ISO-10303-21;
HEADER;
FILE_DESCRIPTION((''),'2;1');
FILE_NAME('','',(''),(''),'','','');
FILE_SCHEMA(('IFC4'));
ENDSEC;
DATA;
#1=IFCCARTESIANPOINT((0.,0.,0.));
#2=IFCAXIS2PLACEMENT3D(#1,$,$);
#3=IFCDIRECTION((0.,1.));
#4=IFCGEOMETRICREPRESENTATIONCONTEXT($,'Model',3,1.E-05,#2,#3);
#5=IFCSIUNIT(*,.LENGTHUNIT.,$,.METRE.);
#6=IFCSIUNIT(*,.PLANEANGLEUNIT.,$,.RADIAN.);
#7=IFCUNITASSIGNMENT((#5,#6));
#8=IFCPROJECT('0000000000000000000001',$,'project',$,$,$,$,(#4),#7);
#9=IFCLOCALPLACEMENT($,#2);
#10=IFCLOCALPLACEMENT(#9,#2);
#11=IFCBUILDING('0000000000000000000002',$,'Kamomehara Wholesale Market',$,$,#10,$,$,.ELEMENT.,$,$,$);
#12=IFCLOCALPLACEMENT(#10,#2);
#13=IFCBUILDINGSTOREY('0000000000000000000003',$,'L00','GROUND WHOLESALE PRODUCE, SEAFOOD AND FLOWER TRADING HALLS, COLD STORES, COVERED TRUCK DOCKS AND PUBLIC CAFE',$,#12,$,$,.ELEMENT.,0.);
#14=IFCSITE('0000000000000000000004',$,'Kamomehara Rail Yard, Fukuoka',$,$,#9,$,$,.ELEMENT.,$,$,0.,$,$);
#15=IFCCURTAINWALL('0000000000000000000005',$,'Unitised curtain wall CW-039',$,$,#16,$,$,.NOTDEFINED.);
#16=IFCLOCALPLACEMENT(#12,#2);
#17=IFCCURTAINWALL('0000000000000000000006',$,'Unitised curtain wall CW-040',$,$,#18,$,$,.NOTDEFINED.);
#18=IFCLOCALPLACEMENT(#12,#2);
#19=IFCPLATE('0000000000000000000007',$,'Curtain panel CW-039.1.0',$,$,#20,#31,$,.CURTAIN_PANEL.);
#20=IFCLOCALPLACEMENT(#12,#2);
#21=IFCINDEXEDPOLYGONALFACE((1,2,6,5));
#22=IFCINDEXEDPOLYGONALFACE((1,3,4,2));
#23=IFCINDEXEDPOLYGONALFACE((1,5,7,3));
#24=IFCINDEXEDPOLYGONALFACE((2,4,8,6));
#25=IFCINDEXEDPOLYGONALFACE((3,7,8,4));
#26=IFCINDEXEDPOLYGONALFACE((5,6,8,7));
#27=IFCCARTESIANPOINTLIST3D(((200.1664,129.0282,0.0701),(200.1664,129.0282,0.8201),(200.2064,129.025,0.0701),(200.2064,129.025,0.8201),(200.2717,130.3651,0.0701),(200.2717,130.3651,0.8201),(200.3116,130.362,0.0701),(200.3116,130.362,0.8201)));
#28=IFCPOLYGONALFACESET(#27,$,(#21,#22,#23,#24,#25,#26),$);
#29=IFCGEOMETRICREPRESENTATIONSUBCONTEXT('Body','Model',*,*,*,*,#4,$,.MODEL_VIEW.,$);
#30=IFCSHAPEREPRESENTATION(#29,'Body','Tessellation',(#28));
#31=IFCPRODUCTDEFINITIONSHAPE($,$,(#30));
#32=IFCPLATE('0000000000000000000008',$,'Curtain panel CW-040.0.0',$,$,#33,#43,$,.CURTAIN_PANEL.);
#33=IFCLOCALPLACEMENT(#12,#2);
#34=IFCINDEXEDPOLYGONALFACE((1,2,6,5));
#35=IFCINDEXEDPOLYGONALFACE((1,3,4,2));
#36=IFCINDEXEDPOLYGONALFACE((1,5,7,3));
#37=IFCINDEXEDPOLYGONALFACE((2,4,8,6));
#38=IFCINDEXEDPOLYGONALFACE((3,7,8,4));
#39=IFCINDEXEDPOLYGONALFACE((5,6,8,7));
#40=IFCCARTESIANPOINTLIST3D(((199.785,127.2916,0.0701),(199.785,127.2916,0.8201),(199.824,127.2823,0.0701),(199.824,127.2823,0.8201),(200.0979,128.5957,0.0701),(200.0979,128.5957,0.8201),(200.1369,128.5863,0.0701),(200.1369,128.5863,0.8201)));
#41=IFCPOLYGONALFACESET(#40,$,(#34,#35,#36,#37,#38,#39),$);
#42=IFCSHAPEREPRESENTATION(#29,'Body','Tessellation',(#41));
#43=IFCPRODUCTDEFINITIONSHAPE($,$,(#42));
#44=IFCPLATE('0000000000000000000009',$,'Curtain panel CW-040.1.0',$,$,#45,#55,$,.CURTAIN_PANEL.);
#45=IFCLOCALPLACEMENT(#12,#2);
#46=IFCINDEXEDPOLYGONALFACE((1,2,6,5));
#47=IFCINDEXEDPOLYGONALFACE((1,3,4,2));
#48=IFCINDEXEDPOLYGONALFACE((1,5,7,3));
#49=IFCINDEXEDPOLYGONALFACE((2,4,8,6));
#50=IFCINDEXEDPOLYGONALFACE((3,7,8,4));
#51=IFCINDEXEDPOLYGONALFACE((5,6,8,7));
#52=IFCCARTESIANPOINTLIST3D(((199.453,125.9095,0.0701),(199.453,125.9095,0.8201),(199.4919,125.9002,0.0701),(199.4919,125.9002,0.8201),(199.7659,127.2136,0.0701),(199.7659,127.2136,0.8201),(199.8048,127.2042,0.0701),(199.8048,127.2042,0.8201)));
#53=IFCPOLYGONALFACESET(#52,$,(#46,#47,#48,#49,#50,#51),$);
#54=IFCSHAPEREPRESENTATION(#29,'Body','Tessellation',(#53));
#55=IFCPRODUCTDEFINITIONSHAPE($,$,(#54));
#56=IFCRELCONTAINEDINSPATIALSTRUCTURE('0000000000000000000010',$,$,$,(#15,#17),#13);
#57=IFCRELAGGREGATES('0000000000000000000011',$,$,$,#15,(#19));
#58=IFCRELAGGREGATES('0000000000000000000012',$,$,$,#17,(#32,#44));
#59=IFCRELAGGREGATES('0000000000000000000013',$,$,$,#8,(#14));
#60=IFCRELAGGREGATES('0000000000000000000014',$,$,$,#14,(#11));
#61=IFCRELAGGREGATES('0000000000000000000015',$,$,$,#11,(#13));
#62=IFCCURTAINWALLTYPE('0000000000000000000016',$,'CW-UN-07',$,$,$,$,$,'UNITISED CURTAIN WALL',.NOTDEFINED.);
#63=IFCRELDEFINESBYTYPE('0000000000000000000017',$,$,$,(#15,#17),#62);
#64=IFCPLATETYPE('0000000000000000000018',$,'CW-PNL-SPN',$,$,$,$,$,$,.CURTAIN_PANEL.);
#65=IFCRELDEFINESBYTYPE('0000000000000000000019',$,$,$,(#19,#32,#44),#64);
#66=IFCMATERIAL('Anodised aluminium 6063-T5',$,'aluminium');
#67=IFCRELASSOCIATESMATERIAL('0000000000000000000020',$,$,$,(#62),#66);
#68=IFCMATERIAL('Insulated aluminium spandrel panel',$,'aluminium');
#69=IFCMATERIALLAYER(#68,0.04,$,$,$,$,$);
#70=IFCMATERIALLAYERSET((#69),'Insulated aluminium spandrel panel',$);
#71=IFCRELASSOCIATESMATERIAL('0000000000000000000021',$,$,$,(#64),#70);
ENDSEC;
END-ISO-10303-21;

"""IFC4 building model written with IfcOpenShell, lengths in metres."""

from ifc_helpers import new_model, si_unit, direction, frame, origin, origin_2d, place, context, subcontext, project, spatial, rectangle, extrude, material, layer, layer_set, type_object, element, aggregate, save


model = new_model("IFC4")

# Units and contexts
model_context = context("Model", 3, precision=1e-05, world=origin(), true_north=direction((0.0, 1.0)))
body_context = subcontext(model_context, "Body", "Model", "MODEL_VIEW")
ifc_project = project(units=[si_unit("LENGTHUNIT", "METRE"), si_unit("PLANEANGLEUNIT", "RADIAN")], contexts=[model_context])

# Site, building, storey
site_placement = place(None, origin())
site = spatial("IfcSite", under=ifc_project, at=site_placement, Name="Kamomehara Rail Yard, Fukuoka", CompositionType="ELEMENT", RefElevation=0.0)
building_placement = place(site_placement, origin())
building = spatial("IfcBuilding", under=site, at=building_placement, Name="Kamomehara Wholesale Market", CompositionType="ELEMENT")
storey_placement = place(building_placement, origin())
storey = spatial("IfcBuildingStorey", under=building, at=storey_placement, Name="L00", Description="GROUND WHOLESALE PRODUCE, SEAFOOD AND FLOWER TRADING HALLS, COLD STORES, COVERED TRUCK DOCKS AND PUBLIC CAFE", CompositionType="ELEMENT", Elevation=0.0)

# Curtain walls
ifc_material_1 = material(Name="Anodised aluminium 6063-T5", Category="aluminium")
curtain_wall_type = type_object("IfcCurtainWallType", Name="CW-UN-07", ElementType="UNITISED CURTAIN WALL", PredefinedType="NOTDEFINED", material=ifc_material_1)
curtain_wall_1_placement = place(storey_placement, origin())
curtain_wall_1 = element("IfcCurtainWall", 1, at=curtain_wall_1_placement, inside=storey, type_object=curtain_wall_type, Name="Unitised curtain wall CW-039", PredefinedType="NOTDEFINED")
curtain_wall_2_placement = place(storey_placement, origin())
curtain_wall_2 = element("IfcCurtainWall", 2, at=curtain_wall_2_placement, inside=storey, type_object=curtain_wall_type, Name="Unitised curtain wall CW-040", PredefinedType="NOTDEFINED")

# Plates
ifc_material_2 = material(Name="Insulated aluminium spandrel panel", Category="aluminium")
ifc_layer_1 = layer(ifc_material_2, 0.04)
ifc_layer_set_1 = layer_set([ifc_layer_1], Name="Insulated aluminium spandrel panel")
plate_type_1 = type_object("IfcPlateType", Name="CW-PNL-SPN", PredefinedType="CURTAIN_PANEL", material=ifc_layer_set_1)
plate_1_placement = place(storey_placement, frame((200.239, 129.6951, 0.0701), z_axis=(0.0, 0.0, 1.0), x_axis=(-0.078476, -0.996916, 0.0)))
plate_1 = element("IfcPlate", 3, at=plate_1_placement, type_object=plate_type_1, Name="Curtain panel CW-039.1.0", PredefinedType="CURTAIN_PANEL", context=body_context, shape_type="SweptSolid", body=[
    extrude(rectangle(XDim=1.3411, YDim=0.04, at=origin_2d()), origin(), (0.0, 0.0, 1.0), 0.75),
])
aggregate(curtain_wall_1, [plate_1])
plate_2_placement = place(storey_placement, frame((199.9609, 127.939, 0.0701), z_axis=(0.0, 0.0, 1.0), x_axis=(-0.233327, -0.972398, 0.0)))
plate_2 = element("IfcPlate", 4, at=plate_2_placement, type_object=plate_type_1, Name="Curtain panel CW-040.0.0", PredefinedType="CURTAIN_PANEL", context=body_context, shape_type="SweptSolid", body=[
    extrude(rectangle(XDim=1.3411, YDim=0.04, at=origin_2d()), origin(), (0.0, 0.0, 1.0), 0.75),
])
plate_3_placement = place(storey_placement, frame((199.6289, 126.5569, 0.0701), z_axis=(0.0, 0.0, 1.0), x_axis=(-0.233327, -0.972398, 0.0)))
plate_3 = element("IfcPlate", 5, at=plate_3_placement, type_object=plate_type_1, Name="Curtain panel CW-040.1.0", PredefinedType="CURTAIN_PANEL", context=body_context, shape_type="SweptSolid", body=[
    extrude(rectangle(XDim=1.3411, YDim=0.04, at=origin_2d()), origin(), (0.0, 0.0, 1.0), 0.75),
])
aggregate(curtain_wall_2, [plate_2, plate_3])

save(model, "model.ifc")
